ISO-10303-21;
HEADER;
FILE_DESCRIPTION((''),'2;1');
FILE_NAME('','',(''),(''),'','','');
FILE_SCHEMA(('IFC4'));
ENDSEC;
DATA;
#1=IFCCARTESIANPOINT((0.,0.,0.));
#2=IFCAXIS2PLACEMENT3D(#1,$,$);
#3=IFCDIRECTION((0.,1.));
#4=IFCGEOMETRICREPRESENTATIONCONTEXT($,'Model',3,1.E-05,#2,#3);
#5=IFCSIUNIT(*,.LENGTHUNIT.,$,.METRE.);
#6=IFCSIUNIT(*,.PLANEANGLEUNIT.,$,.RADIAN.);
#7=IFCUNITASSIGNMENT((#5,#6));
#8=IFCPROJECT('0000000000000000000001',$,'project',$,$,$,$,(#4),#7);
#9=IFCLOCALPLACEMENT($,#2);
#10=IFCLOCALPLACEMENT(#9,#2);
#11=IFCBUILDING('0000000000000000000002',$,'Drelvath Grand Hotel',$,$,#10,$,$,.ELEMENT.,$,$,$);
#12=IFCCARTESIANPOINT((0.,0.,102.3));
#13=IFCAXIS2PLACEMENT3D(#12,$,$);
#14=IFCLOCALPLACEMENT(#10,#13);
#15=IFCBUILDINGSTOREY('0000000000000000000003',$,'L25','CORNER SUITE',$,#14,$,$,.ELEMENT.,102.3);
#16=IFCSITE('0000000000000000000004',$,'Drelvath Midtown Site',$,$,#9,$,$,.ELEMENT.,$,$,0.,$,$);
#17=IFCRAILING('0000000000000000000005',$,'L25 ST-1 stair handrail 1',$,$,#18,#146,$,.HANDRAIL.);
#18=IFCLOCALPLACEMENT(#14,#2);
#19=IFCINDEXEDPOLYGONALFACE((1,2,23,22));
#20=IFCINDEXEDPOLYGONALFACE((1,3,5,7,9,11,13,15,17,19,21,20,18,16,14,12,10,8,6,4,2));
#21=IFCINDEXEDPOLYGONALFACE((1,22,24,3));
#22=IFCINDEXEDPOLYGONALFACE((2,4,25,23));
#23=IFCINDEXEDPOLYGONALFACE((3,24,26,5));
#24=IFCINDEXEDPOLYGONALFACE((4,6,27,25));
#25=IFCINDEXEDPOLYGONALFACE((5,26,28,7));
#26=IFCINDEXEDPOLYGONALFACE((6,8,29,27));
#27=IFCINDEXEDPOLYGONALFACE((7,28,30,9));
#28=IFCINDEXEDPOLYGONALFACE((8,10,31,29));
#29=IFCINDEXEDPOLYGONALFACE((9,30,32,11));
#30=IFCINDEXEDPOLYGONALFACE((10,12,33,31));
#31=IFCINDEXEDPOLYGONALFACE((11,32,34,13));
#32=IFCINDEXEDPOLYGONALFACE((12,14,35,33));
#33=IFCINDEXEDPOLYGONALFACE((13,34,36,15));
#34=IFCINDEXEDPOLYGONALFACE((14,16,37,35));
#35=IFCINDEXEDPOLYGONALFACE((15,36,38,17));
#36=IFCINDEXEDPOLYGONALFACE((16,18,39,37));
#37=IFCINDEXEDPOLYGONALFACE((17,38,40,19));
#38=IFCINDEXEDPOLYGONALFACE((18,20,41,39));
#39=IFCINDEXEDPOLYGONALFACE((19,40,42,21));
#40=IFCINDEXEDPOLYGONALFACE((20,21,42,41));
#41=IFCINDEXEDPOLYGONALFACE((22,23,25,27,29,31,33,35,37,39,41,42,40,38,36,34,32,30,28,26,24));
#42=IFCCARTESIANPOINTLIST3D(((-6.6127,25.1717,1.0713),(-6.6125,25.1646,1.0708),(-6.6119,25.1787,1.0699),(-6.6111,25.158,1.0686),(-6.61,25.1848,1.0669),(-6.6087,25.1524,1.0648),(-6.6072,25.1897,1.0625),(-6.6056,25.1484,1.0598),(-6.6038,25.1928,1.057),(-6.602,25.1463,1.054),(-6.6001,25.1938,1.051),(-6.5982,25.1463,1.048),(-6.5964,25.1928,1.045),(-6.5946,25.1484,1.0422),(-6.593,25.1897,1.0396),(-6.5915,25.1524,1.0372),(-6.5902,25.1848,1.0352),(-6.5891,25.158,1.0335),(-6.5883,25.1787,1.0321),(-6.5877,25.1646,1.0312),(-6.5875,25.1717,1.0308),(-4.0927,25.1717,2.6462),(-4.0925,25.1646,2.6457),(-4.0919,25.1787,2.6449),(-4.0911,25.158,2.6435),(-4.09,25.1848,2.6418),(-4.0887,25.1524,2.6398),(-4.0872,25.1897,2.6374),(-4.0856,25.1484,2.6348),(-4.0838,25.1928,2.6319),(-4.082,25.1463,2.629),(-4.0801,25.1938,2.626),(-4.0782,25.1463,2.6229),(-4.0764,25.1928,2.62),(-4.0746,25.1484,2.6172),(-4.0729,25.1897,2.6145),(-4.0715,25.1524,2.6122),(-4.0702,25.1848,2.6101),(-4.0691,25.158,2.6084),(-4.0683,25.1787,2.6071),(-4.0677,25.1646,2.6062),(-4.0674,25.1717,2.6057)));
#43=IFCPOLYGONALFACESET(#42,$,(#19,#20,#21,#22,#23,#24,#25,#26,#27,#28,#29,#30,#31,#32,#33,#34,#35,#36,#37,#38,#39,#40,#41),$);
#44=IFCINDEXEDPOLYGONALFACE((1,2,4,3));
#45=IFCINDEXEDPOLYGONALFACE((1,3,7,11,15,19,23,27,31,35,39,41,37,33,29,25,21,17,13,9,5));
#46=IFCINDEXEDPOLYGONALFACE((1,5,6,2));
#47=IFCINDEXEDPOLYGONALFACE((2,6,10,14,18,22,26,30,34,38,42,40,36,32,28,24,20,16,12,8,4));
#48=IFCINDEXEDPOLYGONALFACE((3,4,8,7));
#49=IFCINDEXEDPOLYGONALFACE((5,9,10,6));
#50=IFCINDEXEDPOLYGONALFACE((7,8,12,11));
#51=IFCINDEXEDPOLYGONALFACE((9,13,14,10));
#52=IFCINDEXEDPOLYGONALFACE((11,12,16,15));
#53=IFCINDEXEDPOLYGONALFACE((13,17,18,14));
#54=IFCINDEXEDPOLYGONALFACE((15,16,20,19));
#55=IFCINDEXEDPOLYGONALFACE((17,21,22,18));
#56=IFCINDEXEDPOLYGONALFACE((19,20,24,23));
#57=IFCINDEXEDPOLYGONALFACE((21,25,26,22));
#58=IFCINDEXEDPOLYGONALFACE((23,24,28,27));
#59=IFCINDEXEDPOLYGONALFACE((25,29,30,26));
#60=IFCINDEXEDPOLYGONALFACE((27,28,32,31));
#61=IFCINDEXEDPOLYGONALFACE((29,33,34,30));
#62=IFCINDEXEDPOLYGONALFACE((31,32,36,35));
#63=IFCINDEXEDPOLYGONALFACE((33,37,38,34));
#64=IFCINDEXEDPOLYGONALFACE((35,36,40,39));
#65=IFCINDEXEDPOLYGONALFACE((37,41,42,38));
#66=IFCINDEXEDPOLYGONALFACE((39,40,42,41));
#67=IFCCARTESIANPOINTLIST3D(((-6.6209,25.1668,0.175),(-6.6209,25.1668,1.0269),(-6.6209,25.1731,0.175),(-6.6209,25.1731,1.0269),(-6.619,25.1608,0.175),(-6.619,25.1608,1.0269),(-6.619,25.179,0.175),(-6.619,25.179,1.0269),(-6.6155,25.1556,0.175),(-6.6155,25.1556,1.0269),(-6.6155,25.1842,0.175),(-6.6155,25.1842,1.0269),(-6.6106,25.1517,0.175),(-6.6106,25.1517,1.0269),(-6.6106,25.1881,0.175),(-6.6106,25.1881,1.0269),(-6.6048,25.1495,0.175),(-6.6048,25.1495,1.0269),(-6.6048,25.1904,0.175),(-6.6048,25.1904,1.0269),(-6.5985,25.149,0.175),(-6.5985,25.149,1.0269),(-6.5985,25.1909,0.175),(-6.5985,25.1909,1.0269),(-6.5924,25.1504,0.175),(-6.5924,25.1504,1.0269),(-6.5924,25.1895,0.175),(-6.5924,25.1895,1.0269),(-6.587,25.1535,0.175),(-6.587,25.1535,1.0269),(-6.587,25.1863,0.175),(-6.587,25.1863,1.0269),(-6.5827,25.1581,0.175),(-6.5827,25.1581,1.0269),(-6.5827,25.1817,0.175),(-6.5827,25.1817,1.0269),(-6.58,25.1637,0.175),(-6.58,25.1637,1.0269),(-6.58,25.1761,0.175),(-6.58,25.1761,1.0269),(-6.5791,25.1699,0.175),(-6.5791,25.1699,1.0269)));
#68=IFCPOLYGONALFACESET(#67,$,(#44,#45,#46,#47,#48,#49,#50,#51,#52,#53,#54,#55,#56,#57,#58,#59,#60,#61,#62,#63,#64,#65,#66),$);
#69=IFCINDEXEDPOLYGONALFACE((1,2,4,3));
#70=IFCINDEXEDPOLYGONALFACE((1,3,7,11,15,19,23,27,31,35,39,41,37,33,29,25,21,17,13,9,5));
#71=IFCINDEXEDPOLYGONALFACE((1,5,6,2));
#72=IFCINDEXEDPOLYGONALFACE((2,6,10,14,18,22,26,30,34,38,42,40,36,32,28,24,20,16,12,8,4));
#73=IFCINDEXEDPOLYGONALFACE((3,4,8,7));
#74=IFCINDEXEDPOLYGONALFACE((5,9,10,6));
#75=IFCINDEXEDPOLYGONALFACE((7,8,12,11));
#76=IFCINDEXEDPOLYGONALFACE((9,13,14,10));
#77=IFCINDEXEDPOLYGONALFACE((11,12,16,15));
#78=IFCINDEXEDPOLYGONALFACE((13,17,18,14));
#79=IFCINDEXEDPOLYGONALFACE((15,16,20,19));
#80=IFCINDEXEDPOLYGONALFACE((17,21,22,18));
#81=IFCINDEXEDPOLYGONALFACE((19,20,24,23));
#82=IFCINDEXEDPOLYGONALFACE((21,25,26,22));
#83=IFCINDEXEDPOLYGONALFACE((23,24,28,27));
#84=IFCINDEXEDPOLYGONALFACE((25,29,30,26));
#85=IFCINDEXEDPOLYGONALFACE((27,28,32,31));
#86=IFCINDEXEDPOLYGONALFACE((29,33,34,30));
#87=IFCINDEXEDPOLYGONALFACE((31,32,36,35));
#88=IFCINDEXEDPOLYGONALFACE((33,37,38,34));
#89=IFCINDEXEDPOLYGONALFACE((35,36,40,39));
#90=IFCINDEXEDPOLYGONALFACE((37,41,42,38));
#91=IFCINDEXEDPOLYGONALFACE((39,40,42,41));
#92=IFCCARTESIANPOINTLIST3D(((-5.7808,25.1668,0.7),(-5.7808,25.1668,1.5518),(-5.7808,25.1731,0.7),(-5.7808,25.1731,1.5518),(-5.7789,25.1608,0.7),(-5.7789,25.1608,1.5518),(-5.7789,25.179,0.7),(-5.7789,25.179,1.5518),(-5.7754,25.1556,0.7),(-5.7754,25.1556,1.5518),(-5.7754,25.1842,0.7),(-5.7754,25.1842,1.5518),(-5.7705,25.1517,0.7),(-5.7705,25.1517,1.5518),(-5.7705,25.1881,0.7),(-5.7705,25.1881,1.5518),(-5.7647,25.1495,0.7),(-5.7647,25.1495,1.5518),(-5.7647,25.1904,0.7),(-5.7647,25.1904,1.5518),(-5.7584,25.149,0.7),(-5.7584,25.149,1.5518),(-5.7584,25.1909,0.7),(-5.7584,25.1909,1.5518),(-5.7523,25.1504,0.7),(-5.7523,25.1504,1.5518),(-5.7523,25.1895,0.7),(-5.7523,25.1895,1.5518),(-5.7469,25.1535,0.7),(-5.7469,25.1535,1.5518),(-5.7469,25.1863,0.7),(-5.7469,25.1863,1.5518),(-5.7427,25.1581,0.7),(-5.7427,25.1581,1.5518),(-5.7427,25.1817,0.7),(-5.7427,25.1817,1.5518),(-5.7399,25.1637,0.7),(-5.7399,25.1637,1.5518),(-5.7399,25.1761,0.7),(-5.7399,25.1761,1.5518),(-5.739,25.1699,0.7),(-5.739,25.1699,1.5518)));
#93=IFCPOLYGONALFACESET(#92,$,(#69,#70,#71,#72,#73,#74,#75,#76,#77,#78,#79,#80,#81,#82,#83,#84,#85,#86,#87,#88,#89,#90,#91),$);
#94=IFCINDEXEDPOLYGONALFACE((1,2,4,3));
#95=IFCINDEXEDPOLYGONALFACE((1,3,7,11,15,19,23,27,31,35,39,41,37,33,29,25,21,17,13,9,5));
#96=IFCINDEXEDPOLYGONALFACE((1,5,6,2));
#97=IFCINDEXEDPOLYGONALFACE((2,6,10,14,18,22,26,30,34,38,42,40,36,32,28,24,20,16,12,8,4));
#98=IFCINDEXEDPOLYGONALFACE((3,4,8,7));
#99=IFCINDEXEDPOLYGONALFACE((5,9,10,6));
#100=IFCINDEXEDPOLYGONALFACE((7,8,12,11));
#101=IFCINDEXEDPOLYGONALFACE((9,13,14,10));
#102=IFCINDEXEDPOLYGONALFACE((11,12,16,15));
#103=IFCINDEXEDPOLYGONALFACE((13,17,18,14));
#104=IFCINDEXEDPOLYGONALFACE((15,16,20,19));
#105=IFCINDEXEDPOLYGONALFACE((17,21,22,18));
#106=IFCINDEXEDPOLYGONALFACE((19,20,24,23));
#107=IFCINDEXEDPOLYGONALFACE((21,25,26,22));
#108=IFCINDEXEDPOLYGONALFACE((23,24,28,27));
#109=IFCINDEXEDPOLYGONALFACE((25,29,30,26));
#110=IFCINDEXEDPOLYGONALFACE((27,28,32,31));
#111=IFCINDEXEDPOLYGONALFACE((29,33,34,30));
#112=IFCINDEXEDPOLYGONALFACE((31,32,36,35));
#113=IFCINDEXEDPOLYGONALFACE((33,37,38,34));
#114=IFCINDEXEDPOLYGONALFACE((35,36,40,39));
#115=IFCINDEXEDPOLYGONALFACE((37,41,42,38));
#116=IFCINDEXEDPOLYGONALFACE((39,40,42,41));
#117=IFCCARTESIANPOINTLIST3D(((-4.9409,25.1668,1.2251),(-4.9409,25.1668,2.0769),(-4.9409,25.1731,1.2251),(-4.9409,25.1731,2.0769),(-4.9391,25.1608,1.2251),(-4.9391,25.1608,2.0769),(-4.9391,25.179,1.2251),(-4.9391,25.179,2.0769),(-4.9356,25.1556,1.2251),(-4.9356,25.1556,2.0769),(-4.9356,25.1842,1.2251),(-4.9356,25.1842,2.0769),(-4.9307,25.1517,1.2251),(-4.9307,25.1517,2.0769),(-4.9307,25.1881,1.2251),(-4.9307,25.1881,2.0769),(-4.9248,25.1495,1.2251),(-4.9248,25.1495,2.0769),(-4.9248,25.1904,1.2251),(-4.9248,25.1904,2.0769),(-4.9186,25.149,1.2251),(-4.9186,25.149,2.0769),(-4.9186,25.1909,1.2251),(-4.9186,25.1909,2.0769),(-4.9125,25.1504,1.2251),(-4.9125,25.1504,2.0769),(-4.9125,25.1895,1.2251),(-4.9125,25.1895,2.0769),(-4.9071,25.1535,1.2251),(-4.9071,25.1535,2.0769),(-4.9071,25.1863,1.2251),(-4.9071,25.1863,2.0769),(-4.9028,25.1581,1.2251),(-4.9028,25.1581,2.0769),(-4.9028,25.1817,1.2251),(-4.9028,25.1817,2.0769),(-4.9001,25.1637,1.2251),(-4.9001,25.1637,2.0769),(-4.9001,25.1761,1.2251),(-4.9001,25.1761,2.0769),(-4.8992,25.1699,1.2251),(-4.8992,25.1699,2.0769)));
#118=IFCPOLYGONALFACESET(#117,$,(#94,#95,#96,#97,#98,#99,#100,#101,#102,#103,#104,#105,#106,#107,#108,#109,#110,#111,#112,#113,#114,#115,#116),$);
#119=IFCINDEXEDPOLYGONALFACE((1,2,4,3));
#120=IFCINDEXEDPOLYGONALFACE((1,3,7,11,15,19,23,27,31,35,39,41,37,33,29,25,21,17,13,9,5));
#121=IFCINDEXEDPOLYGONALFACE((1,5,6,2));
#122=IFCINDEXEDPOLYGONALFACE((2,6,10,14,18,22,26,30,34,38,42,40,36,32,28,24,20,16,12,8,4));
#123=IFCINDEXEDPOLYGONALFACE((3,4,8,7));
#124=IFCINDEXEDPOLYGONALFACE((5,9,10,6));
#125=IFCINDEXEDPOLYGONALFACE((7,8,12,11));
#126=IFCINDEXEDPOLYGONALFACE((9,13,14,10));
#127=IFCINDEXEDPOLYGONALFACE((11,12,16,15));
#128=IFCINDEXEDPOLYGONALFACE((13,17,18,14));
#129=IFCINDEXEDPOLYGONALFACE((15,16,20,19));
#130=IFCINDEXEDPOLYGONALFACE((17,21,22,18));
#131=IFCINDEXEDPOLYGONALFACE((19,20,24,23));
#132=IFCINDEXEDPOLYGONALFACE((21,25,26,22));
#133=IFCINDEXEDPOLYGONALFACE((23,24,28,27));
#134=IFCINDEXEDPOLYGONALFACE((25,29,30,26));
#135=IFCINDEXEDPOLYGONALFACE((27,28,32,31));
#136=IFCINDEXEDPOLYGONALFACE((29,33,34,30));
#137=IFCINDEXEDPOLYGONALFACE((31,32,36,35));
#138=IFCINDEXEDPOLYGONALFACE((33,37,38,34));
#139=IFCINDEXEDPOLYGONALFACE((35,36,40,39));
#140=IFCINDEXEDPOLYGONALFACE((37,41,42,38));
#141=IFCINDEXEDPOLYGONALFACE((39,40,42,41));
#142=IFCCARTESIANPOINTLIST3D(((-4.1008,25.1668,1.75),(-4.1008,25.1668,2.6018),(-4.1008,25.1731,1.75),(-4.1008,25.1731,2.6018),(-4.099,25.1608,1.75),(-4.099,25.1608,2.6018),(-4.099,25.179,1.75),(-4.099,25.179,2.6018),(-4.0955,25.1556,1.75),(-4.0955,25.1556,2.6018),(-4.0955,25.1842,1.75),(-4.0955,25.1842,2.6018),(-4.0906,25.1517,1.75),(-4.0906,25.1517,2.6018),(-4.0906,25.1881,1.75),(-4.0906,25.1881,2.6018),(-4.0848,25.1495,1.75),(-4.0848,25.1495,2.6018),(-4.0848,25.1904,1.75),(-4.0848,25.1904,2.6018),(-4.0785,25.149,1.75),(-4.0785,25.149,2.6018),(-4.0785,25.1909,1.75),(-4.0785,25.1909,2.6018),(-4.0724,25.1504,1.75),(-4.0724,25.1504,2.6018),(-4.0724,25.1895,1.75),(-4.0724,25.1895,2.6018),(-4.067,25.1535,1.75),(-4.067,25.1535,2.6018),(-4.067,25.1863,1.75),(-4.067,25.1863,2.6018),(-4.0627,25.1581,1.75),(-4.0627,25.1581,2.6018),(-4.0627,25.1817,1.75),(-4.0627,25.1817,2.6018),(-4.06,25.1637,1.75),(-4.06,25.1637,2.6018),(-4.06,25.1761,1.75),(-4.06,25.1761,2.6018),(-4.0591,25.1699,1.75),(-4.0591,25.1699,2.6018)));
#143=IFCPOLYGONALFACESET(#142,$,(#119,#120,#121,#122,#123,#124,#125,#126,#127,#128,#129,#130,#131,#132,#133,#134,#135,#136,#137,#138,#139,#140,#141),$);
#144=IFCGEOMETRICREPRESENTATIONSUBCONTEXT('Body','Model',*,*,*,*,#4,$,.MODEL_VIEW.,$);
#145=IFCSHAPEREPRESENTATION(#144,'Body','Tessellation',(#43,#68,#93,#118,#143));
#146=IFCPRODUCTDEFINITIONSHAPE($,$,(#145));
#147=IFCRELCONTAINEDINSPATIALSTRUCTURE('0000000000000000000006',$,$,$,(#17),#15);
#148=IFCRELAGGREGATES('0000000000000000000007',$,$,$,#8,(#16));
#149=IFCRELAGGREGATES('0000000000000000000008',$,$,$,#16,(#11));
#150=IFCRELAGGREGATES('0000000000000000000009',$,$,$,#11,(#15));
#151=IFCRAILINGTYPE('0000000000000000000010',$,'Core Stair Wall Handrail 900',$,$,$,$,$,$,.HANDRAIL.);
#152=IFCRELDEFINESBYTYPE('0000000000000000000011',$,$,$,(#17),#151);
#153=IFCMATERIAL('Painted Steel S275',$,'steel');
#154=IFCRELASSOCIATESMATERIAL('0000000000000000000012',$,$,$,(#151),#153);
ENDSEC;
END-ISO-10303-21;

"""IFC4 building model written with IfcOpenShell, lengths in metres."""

from ifc_helpers import new_model, si_unit, direction, frame, origin, origin_2d, place, context, subcontext, project, spatial, circle, extrude, material, type_object, element, save


model = new_model("IFC4")

# Units and contexts
model_context = context("Model", 3, precision=1e-05, world=origin(), true_north=direction((0.0, 1.0)))
body_context = subcontext(model_context, "Body", "Model", "MODEL_VIEW")
ifc_project = project(units=[si_unit("LENGTHUNIT", "METRE"), si_unit("PLANEANGLEUNIT", "RADIAN")], contexts=[model_context])

# Site, building, storey
site_placement = place(None, origin())
site = spatial("IfcSite", under=ifc_project, at=site_placement, Name="Drelvath Midtown Site", CompositionType="ELEMENT", RefElevation=0.0)
building_placement = place(site_placement, origin())
building = spatial("IfcBuilding", under=site, at=building_placement, Name="Drelvath Grand Hotel", CompositionType="ELEMENT")
storey_placement = place(building_placement, frame((0.0, 0.0, 102.3)))
storey = spatial("IfcBuildingStorey", under=building, at=storey_placement, Name="L25", Description="CORNER SUITE", CompositionType="ELEMENT", Elevation=102.3)

# Shared definitions
ifc_material_1 = material(Name="Painted Steel S275", Category="steel")

# Railing
railing_type_1 = type_object("IfcRailingType", Name="Core Stair Wall Handrail 900", PredefinedType="HANDRAIL", material=ifc_material_1)
railing_1_placement = place(storey_placement, frame((-6.6001, 25.1699, 0.175)))
element("IfcRailing", 1, at=railing_1_placement, inside=storey, type_object=railing_type_1, Name="L25 ST-1 stair handrail 1", PredefinedType="HANDRAIL", context=body_context, shape_type="SweptSolid", body=[
    extrude(circle(Radius=0.0239, at=origin_2d()), frame((0.0, 0.0, 0.876), z_axis=(0.848008, 0.0, 0.529984), x_axis=(0.0, 1.0, 0.0)), (0.0, 0.0, 1.0), 2.9717),
    extrude(circle(Radius=0.021, at=origin_2d()), origin(), (0.0, 0.0, 1.0), 0.8518),
    extrude(circle(Radius=0.021, at=origin_2d()), frame((0.8401, 0.0, 0.5249)), (0.0, 0.0, 1.0), 0.8518),
    extrude(circle(Radius=0.021, at=origin_2d()), frame((1.6799, 0.0, 1.05)), (0.0, 0.0, 1.0), 0.8518),
    extrude(circle(Radius=0.021, at=origin_2d()), frame((2.52, 0.0, 1.575)), (0.0, 0.0, 1.0), 0.8518),
])

save(model, "model.ifc")
